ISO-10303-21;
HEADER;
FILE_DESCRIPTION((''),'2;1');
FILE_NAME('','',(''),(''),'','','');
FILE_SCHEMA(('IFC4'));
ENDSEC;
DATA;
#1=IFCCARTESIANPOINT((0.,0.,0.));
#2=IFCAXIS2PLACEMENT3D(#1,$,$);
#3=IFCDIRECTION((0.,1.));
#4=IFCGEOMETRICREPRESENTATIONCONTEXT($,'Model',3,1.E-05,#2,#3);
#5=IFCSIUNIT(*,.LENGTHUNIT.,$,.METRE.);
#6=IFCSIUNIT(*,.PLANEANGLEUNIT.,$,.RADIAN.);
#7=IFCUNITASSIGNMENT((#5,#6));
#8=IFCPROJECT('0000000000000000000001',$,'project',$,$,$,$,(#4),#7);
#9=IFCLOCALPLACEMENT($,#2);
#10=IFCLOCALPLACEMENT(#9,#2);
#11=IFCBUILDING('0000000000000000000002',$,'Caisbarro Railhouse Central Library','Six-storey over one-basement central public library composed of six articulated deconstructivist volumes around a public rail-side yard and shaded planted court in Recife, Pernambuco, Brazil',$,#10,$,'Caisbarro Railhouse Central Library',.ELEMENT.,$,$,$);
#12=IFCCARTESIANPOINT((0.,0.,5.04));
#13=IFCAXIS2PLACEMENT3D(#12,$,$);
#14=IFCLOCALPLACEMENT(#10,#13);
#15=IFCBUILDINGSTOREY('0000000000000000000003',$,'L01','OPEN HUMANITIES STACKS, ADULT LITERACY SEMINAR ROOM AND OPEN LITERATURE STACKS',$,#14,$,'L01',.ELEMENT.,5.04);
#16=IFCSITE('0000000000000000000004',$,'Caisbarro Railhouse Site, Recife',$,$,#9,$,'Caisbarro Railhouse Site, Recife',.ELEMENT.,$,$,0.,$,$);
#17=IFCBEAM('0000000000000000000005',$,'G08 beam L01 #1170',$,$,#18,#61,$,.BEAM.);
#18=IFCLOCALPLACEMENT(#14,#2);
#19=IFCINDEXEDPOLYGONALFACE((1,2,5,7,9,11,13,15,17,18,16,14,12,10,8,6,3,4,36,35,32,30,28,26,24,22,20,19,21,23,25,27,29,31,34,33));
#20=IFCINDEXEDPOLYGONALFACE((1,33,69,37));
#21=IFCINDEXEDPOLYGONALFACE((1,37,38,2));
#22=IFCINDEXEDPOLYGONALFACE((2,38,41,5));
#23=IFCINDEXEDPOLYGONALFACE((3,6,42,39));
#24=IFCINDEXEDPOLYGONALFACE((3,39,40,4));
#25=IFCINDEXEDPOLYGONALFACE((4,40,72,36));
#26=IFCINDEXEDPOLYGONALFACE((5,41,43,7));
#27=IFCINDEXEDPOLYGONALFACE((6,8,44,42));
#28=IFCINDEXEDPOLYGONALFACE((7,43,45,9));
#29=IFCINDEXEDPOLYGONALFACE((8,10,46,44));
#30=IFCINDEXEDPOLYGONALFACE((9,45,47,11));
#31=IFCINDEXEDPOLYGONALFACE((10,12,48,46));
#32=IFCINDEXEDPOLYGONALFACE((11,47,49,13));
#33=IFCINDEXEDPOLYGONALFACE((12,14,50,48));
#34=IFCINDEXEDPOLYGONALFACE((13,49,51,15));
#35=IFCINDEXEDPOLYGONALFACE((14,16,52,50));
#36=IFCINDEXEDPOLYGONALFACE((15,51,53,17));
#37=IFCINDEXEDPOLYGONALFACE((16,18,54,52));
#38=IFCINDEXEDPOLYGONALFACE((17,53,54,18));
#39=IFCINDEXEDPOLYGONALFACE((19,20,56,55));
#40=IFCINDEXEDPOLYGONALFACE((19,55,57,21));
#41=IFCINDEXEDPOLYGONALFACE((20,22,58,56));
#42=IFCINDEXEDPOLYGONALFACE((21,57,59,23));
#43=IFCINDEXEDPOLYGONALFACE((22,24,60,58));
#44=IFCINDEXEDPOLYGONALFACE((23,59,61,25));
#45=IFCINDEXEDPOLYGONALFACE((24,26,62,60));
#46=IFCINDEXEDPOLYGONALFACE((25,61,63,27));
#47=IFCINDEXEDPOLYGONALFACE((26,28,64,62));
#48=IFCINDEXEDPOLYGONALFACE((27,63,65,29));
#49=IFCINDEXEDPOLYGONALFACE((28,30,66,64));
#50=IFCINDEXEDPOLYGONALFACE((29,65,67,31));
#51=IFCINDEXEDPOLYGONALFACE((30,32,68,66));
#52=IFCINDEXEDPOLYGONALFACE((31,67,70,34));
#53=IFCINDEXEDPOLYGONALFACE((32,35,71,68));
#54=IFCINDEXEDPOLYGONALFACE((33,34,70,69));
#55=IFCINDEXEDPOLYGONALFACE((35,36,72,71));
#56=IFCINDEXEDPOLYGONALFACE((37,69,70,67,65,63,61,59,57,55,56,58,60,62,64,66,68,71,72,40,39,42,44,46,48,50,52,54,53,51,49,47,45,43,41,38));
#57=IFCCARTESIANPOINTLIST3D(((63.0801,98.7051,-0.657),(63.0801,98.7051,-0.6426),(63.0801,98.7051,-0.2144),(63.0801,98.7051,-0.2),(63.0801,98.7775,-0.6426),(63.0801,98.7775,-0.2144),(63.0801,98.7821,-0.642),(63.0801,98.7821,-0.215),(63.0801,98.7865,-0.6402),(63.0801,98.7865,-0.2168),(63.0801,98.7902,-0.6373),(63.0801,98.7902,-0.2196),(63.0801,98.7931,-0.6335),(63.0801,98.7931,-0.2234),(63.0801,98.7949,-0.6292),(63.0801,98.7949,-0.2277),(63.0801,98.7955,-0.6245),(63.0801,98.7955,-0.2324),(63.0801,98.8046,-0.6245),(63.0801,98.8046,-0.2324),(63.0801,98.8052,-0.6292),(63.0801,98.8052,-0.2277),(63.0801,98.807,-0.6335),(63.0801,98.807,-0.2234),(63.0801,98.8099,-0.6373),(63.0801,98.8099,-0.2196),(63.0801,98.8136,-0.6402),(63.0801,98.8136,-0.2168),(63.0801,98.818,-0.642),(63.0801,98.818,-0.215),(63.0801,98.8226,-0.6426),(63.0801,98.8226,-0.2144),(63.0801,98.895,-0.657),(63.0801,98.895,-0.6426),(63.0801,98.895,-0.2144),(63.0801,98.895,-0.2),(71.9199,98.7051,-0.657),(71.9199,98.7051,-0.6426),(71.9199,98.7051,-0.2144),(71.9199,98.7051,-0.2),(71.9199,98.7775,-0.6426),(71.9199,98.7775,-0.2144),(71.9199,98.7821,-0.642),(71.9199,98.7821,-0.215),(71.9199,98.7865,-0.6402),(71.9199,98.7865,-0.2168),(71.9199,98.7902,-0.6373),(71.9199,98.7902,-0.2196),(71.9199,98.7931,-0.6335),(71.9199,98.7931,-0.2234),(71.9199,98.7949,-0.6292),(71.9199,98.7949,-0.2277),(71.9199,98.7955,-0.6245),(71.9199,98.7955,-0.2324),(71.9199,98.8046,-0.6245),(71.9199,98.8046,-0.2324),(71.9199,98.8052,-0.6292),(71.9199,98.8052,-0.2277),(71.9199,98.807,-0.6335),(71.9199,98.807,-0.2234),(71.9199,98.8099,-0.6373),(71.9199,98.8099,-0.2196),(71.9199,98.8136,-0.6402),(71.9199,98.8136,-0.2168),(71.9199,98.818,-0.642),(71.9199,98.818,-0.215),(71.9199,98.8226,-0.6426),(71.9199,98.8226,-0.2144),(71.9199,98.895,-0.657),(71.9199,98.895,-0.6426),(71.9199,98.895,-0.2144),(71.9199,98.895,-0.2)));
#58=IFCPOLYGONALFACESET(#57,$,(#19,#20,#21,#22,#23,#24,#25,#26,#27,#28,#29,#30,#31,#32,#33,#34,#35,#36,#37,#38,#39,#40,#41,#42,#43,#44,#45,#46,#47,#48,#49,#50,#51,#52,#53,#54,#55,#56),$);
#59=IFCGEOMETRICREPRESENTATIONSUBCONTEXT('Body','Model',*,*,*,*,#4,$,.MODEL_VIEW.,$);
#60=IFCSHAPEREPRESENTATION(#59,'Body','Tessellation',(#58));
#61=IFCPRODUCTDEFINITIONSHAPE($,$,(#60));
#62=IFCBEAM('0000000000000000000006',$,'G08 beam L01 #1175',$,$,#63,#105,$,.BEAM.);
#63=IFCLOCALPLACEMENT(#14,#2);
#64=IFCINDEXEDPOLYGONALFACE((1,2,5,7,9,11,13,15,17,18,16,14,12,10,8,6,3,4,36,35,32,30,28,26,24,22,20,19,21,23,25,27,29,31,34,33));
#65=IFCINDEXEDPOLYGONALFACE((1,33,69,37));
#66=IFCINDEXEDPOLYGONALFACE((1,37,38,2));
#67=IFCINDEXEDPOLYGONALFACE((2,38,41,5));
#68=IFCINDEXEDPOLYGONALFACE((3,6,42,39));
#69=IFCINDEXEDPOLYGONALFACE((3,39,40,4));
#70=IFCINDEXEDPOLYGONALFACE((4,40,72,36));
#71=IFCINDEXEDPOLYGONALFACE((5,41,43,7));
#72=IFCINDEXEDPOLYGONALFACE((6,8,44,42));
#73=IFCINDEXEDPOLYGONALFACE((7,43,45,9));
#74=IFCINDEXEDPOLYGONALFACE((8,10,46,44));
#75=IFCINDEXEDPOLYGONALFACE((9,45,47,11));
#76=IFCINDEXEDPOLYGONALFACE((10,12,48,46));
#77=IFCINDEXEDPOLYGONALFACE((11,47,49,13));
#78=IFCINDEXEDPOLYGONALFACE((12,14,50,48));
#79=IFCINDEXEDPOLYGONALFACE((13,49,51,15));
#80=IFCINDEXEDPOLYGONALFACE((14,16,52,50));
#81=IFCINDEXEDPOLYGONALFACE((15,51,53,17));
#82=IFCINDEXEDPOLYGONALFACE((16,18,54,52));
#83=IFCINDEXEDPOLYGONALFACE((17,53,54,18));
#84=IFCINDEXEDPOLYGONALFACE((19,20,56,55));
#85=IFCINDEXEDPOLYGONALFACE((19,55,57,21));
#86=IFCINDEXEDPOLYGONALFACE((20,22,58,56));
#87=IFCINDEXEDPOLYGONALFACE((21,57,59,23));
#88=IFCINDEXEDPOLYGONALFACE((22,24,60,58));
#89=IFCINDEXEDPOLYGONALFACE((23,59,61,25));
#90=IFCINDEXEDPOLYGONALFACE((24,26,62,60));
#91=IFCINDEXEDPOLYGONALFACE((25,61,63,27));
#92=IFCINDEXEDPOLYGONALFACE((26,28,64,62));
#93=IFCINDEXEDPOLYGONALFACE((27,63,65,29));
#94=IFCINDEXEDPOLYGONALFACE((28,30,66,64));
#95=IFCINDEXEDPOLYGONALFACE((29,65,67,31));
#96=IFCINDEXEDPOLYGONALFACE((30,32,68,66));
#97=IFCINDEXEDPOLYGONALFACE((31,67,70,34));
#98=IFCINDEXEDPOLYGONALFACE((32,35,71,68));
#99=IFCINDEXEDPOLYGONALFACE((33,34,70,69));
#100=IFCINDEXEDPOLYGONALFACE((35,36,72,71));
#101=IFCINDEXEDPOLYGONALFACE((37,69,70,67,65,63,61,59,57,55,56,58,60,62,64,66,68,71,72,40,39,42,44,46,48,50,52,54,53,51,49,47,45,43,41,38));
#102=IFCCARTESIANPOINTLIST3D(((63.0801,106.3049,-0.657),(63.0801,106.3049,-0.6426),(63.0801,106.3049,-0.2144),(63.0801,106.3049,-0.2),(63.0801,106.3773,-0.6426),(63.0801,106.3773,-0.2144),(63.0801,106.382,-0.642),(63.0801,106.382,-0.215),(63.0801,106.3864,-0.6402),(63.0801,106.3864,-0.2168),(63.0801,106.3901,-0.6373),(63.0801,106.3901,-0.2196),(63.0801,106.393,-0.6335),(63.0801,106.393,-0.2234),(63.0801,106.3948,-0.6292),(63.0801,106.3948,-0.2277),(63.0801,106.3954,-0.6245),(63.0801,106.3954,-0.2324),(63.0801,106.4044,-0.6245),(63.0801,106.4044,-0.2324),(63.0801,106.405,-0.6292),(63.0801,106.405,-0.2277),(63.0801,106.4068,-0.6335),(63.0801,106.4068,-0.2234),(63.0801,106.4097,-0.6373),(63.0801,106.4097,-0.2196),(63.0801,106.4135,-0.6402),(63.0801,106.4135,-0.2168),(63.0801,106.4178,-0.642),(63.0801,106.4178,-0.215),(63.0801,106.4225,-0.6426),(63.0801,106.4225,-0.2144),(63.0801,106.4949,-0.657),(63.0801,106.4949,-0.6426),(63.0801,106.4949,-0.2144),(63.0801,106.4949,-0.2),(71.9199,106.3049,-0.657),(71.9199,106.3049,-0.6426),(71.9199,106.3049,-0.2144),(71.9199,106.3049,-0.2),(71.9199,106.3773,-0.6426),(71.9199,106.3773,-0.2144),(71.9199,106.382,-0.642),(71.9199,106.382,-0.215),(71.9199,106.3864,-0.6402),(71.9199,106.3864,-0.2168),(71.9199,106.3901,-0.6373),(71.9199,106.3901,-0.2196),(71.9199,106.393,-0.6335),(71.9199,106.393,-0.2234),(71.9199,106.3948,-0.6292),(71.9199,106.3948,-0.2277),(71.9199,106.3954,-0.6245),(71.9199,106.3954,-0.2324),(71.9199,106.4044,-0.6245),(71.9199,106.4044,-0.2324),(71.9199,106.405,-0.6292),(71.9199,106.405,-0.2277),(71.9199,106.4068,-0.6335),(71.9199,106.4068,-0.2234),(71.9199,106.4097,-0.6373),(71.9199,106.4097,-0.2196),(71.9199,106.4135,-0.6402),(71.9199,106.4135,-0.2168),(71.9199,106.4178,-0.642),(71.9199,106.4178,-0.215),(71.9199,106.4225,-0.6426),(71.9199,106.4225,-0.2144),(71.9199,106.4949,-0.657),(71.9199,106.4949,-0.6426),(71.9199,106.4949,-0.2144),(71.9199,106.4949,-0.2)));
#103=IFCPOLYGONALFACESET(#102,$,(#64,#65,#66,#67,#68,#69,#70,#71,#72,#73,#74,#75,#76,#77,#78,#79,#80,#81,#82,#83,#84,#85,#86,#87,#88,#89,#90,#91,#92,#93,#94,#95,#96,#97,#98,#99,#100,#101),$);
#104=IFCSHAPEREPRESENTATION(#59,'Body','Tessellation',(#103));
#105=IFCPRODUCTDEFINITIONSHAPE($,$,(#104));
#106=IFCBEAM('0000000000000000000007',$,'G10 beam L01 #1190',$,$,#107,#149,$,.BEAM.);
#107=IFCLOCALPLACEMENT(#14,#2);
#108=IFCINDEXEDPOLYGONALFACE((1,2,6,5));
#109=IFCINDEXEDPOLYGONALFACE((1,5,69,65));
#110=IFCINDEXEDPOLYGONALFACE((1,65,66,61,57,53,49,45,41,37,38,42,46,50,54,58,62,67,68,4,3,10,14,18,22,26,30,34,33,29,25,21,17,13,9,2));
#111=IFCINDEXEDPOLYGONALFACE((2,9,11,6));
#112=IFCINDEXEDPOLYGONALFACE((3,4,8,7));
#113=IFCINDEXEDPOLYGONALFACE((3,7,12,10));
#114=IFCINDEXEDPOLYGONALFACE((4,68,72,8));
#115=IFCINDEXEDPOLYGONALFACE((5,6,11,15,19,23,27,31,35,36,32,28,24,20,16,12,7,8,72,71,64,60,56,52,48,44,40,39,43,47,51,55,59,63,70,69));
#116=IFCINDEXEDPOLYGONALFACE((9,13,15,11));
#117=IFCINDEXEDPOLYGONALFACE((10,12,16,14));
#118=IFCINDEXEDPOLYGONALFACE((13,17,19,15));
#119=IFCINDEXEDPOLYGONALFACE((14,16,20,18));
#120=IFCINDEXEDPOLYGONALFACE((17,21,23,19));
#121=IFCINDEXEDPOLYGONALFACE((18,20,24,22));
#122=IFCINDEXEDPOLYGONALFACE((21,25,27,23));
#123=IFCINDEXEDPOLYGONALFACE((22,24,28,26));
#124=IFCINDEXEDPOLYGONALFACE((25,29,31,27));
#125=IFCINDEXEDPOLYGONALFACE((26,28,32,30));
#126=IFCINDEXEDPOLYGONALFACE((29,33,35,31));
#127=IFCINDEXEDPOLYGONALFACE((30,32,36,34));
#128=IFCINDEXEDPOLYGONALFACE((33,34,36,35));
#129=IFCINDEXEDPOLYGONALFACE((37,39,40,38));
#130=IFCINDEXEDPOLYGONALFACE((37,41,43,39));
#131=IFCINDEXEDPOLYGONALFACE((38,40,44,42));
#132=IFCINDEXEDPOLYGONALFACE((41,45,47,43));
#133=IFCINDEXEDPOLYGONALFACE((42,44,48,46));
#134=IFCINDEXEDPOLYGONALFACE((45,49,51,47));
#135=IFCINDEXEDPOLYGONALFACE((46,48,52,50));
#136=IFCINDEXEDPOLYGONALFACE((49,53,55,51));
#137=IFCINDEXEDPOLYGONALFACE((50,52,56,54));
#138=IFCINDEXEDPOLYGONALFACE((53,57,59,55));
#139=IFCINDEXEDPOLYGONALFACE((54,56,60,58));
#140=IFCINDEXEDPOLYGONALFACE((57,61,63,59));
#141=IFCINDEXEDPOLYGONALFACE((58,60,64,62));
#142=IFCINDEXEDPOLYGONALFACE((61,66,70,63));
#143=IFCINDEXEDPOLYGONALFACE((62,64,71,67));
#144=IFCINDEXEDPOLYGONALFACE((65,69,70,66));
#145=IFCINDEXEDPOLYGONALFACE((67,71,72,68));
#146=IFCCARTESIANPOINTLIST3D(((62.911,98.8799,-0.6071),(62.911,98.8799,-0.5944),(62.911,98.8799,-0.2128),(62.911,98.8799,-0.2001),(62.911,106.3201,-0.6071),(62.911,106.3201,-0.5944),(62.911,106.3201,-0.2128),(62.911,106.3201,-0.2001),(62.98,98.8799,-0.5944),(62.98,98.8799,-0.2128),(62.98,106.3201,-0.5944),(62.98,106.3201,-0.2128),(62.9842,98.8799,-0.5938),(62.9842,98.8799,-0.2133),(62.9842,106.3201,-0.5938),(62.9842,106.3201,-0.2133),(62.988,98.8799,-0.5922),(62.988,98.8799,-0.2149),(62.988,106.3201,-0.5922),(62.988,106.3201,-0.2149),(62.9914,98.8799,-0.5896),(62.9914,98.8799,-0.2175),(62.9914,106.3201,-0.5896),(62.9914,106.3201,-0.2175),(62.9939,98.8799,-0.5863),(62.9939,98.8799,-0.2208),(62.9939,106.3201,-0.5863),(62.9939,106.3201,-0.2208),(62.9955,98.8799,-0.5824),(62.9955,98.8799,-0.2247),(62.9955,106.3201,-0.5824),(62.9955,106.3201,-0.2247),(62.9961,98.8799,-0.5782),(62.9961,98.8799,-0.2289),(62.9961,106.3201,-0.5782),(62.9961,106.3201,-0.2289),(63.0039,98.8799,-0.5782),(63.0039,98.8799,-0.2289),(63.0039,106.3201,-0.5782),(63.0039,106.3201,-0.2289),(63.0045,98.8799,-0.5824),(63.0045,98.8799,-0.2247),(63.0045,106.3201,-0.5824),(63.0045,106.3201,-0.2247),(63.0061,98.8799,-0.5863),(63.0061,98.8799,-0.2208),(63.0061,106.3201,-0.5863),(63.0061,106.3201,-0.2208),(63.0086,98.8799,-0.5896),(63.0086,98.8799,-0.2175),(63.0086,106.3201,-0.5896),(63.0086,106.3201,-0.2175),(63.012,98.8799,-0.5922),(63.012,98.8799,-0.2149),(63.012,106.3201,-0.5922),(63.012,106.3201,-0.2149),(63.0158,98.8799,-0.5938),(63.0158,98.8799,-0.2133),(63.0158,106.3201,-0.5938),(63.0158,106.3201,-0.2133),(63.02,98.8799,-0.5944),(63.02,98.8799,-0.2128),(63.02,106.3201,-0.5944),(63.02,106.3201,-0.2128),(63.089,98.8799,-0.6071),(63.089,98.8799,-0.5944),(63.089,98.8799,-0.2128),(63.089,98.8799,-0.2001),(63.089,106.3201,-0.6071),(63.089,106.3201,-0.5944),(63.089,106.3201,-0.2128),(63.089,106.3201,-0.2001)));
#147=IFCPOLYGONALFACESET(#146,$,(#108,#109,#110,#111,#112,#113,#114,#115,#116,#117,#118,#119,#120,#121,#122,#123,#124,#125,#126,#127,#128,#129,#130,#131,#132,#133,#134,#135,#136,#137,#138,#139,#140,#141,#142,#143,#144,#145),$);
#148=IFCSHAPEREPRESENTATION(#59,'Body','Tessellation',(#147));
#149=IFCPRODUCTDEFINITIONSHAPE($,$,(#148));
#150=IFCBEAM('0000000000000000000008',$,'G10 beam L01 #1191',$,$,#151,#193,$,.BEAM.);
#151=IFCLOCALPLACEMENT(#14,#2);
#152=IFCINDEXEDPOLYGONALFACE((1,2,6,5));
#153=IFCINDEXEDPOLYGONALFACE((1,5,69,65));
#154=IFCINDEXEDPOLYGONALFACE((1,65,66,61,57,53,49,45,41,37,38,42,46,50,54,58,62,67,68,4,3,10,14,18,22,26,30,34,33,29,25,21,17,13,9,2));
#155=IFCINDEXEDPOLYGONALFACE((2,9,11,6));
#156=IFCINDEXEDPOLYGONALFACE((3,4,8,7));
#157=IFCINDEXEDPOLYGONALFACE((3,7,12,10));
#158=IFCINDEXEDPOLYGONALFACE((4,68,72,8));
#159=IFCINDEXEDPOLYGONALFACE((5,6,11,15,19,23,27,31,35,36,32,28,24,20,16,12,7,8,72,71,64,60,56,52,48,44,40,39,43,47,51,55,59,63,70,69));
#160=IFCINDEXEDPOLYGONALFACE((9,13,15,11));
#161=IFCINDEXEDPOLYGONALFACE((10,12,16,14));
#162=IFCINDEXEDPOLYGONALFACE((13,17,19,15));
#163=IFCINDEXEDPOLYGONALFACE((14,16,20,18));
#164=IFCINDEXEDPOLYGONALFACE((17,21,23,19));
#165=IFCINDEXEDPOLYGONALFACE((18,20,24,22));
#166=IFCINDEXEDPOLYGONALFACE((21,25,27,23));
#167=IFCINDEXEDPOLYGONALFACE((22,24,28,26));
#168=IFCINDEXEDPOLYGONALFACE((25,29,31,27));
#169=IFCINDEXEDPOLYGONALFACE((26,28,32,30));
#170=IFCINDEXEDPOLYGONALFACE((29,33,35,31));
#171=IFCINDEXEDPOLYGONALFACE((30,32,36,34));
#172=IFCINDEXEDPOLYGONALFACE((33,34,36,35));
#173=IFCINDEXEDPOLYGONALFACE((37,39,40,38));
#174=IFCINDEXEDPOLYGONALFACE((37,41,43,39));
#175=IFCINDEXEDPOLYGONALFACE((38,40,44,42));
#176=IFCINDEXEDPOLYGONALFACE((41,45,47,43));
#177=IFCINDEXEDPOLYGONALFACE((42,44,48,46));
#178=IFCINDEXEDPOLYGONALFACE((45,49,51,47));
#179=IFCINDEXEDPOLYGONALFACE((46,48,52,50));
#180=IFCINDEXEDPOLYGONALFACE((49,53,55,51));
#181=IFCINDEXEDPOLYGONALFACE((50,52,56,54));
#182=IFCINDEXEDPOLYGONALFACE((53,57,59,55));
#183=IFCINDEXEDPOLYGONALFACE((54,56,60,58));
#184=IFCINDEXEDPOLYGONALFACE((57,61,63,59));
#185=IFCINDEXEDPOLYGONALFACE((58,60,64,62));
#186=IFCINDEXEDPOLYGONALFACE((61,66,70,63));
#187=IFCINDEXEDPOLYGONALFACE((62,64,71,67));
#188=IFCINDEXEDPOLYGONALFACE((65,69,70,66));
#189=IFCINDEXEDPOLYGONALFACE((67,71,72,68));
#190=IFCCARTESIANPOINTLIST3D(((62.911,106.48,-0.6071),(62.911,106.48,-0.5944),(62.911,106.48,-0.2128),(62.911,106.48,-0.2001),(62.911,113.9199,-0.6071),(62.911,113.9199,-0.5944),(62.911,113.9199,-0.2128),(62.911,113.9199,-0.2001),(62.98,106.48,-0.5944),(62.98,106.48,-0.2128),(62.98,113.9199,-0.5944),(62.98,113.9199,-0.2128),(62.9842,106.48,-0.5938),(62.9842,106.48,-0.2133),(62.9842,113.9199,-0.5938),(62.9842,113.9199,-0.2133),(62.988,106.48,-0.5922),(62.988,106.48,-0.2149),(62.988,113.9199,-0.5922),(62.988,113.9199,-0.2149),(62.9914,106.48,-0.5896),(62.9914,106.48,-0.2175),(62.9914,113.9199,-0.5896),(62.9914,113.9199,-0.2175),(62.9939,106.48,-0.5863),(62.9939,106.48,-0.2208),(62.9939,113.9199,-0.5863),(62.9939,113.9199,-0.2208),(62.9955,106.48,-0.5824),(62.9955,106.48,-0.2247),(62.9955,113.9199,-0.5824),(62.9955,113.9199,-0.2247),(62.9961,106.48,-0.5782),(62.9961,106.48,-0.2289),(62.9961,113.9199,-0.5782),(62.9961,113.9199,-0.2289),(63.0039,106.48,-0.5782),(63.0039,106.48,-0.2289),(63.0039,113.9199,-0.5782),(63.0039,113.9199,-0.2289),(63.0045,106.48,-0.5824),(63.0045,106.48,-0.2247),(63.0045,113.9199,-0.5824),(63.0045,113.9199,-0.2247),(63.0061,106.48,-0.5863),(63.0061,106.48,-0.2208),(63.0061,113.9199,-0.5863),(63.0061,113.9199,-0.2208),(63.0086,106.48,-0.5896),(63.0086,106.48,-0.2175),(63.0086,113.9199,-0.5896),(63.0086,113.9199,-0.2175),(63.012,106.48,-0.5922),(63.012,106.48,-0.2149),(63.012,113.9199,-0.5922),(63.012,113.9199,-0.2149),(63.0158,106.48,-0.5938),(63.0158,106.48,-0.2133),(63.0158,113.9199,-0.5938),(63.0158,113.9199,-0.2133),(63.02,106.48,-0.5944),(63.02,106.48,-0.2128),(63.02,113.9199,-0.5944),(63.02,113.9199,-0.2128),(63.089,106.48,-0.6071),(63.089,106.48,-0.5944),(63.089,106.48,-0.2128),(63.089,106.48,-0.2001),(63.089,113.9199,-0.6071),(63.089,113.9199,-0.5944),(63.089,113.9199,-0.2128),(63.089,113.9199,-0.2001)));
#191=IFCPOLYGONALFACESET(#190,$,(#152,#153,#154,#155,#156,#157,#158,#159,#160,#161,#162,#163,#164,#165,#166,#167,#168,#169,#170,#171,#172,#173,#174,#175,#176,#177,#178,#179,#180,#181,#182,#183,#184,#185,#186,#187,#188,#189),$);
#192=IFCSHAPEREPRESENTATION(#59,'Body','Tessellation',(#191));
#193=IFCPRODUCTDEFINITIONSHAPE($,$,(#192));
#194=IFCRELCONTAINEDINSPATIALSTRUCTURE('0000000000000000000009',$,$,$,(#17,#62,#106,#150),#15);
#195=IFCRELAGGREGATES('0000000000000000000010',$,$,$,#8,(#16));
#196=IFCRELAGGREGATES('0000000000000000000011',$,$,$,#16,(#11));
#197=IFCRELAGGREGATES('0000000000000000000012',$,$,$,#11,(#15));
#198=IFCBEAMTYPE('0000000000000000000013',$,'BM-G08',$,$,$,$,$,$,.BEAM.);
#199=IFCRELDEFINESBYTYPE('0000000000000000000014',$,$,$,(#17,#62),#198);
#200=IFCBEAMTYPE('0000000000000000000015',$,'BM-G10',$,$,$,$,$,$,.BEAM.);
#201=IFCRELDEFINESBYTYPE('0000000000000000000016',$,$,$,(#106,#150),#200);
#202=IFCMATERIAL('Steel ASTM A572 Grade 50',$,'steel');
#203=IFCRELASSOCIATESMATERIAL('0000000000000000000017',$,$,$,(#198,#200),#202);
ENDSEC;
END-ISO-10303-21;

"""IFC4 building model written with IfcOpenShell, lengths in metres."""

from ifc_helpers import new_model, si_unit, direction, frame, origin, origin_2d, place, context, subcontext, project, spatial, i_section, extrude, material, material_profile, profile_set, type_object, element, save


model = new_model("IFC4")

# Units and contexts
model_context = context("Model", 3, precision=1e-05, world=origin(), true_north=direction((0.0, 1.0)))
body_context = subcontext(model_context, "Body", "Model", "MODEL_VIEW")
ifc_project = project(units=[si_unit("LENGTHUNIT", "METRE"), si_unit("PLANEANGLEUNIT", "RADIAN")], contexts=[model_context])

# Site, building, storey
site_placement = place(None, origin())
site = spatial("IfcSite", under=ifc_project, at=site_placement, Name="Caisbarro Railhouse Site, Recife", LongName="Caisbarro Railhouse Site, Recife", CompositionType="ELEMENT", RefElevation=0.0)
building_placement = place(site_placement, origin())
building = spatial("IfcBuilding", under=site, at=building_placement, Name="Caisbarro Railhouse Central Library", Description="Six-storey over one-basement central public library composed of six articulated deconstructivist volumes around a public rail-side yard and shaded planted court in Recife, Pernambuco, Brazil", LongName="Caisbarro Railhouse Central Library", CompositionType="ELEMENT")
storey_placement = place(building_placement, frame((0.0, 0.0, 5.04)))
storey = spatial("IfcBuildingStorey", under=building, at=storey_placement, Name="L01", Description="OPEN HUMANITIES STACKS, ADULT LITERACY SEMINAR ROOM AND OPEN LITERATURE STACKS", LongName="L01", CompositionType="ELEMENT", Elevation=5.04)

# Shared definitions
ifc_material_1 = material(Name="Steel ASTM A572 Grade 50", Category="steel")

# Beams
ifc_material_profile_1 = material_profile(ifc_material_1, i_section(OverallWidth=0.1899, OverallDepth=0.457, WebThickness=0.009, FlangeThickness=0.0144, FilletRadius=0.0181, at=origin_2d()), Name="W460X74.0")
ifc_profile_set_1 = profile_set([ifc_material_profile_1], Name="Steel ASTM A572 Grade 50")
beam_type_1 = type_object("IfcBeamType", Name="BM-G08", PredefinedType="BEAM", material=ifc_profile_set_1)
for number, where, z_axis, x_axis, name in (
    (1, (63.0801, 98.8, -0.4285), (1.0, 0.0, 0.0), (0.0, 1.0, 0.0), "G08 beam L01 #1170"),
    (2, (63.0801, 106.3999, -0.4285), (1.0, 0.0, 0.0), (0.0, 1.0, 0.0), "G08 beam L01 #1175"),
):
    element("IfcBeam", number, at=place(storey_placement, frame(where, z_axis=z_axis, x_axis=x_axis)), inside=storey, type_object=beam_type_1, Name=name, PredefinedType="BEAM", context=body_context, shape_type="SweptSolid", body=[
        extrude(i_section(OverallWidth=0.1899, OverallDepth=0.457, WebThickness=0.009, FlangeThickness=0.0144, FilletRadius=0.0181, at=origin_2d()), origin(), (0.0, 0.0, 1.0), 8.8398),
    ])
ifc_material_profile_2 = material_profile(ifc_material_1, i_section(OverallWidth=0.178, OverallDepth=0.407, WebThickness=0.0078, FlangeThickness=0.0127, FilletRadius=0.0161, at=origin_2d()), Name="W410X60.0")
ifc_profile_set_2 = profile_set([ifc_material_profile_2], Name="Steel ASTM A572 Grade 50")
beam_type_2 = type_object("IfcBeamType", Name="BM-G10", PredefinedType="BEAM", material=ifc_profile_set_2)
beam_1_placement = place(storey_placement, frame((63.0, 98.8799, -0.4036), z_axis=(0.0, 1.0, 0.0), x_axis=(-1.0, 0.0, 0.0)))
element("IfcBeam", 3, at=beam_1_placement, inside=storey, type_object=beam_type_2, Name="G10 beam L01 #1190", PredefinedType="BEAM", context=body_context, shape_type="SweptSolid", body=[
    extrude(i_section(OverallWidth=0.178, OverallDepth=0.407, WebThickness=0.0078, FlangeThickness=0.0127, FilletRadius=0.0161, at=origin_2d()), origin(), (0.0, 0.0, 1.0), 7.4402),
])
beam_2_placement = place(storey_placement, frame((63.0, 106.48, -0.4036), z_axis=(0.0, 1.0, 0.0), x_axis=(-1.0, 0.0, 0.0)))
element("IfcBeam", 4, at=beam_2_placement, inside=storey, type_object=beam_type_2, Name="G10 beam L01 #1191", PredefinedType="BEAM", context=body_context, shape_type="SweptSolid", body=[
    extrude(i_section(OverallWidth=0.178, OverallDepth=0.407, WebThickness=0.0078, FlangeThickness=0.0127, FilletRadius=0.0161, at=origin_2d()), origin(), (0.0, 0.0, 1.0), 7.4399),
])

save(model, "model.ifc")
